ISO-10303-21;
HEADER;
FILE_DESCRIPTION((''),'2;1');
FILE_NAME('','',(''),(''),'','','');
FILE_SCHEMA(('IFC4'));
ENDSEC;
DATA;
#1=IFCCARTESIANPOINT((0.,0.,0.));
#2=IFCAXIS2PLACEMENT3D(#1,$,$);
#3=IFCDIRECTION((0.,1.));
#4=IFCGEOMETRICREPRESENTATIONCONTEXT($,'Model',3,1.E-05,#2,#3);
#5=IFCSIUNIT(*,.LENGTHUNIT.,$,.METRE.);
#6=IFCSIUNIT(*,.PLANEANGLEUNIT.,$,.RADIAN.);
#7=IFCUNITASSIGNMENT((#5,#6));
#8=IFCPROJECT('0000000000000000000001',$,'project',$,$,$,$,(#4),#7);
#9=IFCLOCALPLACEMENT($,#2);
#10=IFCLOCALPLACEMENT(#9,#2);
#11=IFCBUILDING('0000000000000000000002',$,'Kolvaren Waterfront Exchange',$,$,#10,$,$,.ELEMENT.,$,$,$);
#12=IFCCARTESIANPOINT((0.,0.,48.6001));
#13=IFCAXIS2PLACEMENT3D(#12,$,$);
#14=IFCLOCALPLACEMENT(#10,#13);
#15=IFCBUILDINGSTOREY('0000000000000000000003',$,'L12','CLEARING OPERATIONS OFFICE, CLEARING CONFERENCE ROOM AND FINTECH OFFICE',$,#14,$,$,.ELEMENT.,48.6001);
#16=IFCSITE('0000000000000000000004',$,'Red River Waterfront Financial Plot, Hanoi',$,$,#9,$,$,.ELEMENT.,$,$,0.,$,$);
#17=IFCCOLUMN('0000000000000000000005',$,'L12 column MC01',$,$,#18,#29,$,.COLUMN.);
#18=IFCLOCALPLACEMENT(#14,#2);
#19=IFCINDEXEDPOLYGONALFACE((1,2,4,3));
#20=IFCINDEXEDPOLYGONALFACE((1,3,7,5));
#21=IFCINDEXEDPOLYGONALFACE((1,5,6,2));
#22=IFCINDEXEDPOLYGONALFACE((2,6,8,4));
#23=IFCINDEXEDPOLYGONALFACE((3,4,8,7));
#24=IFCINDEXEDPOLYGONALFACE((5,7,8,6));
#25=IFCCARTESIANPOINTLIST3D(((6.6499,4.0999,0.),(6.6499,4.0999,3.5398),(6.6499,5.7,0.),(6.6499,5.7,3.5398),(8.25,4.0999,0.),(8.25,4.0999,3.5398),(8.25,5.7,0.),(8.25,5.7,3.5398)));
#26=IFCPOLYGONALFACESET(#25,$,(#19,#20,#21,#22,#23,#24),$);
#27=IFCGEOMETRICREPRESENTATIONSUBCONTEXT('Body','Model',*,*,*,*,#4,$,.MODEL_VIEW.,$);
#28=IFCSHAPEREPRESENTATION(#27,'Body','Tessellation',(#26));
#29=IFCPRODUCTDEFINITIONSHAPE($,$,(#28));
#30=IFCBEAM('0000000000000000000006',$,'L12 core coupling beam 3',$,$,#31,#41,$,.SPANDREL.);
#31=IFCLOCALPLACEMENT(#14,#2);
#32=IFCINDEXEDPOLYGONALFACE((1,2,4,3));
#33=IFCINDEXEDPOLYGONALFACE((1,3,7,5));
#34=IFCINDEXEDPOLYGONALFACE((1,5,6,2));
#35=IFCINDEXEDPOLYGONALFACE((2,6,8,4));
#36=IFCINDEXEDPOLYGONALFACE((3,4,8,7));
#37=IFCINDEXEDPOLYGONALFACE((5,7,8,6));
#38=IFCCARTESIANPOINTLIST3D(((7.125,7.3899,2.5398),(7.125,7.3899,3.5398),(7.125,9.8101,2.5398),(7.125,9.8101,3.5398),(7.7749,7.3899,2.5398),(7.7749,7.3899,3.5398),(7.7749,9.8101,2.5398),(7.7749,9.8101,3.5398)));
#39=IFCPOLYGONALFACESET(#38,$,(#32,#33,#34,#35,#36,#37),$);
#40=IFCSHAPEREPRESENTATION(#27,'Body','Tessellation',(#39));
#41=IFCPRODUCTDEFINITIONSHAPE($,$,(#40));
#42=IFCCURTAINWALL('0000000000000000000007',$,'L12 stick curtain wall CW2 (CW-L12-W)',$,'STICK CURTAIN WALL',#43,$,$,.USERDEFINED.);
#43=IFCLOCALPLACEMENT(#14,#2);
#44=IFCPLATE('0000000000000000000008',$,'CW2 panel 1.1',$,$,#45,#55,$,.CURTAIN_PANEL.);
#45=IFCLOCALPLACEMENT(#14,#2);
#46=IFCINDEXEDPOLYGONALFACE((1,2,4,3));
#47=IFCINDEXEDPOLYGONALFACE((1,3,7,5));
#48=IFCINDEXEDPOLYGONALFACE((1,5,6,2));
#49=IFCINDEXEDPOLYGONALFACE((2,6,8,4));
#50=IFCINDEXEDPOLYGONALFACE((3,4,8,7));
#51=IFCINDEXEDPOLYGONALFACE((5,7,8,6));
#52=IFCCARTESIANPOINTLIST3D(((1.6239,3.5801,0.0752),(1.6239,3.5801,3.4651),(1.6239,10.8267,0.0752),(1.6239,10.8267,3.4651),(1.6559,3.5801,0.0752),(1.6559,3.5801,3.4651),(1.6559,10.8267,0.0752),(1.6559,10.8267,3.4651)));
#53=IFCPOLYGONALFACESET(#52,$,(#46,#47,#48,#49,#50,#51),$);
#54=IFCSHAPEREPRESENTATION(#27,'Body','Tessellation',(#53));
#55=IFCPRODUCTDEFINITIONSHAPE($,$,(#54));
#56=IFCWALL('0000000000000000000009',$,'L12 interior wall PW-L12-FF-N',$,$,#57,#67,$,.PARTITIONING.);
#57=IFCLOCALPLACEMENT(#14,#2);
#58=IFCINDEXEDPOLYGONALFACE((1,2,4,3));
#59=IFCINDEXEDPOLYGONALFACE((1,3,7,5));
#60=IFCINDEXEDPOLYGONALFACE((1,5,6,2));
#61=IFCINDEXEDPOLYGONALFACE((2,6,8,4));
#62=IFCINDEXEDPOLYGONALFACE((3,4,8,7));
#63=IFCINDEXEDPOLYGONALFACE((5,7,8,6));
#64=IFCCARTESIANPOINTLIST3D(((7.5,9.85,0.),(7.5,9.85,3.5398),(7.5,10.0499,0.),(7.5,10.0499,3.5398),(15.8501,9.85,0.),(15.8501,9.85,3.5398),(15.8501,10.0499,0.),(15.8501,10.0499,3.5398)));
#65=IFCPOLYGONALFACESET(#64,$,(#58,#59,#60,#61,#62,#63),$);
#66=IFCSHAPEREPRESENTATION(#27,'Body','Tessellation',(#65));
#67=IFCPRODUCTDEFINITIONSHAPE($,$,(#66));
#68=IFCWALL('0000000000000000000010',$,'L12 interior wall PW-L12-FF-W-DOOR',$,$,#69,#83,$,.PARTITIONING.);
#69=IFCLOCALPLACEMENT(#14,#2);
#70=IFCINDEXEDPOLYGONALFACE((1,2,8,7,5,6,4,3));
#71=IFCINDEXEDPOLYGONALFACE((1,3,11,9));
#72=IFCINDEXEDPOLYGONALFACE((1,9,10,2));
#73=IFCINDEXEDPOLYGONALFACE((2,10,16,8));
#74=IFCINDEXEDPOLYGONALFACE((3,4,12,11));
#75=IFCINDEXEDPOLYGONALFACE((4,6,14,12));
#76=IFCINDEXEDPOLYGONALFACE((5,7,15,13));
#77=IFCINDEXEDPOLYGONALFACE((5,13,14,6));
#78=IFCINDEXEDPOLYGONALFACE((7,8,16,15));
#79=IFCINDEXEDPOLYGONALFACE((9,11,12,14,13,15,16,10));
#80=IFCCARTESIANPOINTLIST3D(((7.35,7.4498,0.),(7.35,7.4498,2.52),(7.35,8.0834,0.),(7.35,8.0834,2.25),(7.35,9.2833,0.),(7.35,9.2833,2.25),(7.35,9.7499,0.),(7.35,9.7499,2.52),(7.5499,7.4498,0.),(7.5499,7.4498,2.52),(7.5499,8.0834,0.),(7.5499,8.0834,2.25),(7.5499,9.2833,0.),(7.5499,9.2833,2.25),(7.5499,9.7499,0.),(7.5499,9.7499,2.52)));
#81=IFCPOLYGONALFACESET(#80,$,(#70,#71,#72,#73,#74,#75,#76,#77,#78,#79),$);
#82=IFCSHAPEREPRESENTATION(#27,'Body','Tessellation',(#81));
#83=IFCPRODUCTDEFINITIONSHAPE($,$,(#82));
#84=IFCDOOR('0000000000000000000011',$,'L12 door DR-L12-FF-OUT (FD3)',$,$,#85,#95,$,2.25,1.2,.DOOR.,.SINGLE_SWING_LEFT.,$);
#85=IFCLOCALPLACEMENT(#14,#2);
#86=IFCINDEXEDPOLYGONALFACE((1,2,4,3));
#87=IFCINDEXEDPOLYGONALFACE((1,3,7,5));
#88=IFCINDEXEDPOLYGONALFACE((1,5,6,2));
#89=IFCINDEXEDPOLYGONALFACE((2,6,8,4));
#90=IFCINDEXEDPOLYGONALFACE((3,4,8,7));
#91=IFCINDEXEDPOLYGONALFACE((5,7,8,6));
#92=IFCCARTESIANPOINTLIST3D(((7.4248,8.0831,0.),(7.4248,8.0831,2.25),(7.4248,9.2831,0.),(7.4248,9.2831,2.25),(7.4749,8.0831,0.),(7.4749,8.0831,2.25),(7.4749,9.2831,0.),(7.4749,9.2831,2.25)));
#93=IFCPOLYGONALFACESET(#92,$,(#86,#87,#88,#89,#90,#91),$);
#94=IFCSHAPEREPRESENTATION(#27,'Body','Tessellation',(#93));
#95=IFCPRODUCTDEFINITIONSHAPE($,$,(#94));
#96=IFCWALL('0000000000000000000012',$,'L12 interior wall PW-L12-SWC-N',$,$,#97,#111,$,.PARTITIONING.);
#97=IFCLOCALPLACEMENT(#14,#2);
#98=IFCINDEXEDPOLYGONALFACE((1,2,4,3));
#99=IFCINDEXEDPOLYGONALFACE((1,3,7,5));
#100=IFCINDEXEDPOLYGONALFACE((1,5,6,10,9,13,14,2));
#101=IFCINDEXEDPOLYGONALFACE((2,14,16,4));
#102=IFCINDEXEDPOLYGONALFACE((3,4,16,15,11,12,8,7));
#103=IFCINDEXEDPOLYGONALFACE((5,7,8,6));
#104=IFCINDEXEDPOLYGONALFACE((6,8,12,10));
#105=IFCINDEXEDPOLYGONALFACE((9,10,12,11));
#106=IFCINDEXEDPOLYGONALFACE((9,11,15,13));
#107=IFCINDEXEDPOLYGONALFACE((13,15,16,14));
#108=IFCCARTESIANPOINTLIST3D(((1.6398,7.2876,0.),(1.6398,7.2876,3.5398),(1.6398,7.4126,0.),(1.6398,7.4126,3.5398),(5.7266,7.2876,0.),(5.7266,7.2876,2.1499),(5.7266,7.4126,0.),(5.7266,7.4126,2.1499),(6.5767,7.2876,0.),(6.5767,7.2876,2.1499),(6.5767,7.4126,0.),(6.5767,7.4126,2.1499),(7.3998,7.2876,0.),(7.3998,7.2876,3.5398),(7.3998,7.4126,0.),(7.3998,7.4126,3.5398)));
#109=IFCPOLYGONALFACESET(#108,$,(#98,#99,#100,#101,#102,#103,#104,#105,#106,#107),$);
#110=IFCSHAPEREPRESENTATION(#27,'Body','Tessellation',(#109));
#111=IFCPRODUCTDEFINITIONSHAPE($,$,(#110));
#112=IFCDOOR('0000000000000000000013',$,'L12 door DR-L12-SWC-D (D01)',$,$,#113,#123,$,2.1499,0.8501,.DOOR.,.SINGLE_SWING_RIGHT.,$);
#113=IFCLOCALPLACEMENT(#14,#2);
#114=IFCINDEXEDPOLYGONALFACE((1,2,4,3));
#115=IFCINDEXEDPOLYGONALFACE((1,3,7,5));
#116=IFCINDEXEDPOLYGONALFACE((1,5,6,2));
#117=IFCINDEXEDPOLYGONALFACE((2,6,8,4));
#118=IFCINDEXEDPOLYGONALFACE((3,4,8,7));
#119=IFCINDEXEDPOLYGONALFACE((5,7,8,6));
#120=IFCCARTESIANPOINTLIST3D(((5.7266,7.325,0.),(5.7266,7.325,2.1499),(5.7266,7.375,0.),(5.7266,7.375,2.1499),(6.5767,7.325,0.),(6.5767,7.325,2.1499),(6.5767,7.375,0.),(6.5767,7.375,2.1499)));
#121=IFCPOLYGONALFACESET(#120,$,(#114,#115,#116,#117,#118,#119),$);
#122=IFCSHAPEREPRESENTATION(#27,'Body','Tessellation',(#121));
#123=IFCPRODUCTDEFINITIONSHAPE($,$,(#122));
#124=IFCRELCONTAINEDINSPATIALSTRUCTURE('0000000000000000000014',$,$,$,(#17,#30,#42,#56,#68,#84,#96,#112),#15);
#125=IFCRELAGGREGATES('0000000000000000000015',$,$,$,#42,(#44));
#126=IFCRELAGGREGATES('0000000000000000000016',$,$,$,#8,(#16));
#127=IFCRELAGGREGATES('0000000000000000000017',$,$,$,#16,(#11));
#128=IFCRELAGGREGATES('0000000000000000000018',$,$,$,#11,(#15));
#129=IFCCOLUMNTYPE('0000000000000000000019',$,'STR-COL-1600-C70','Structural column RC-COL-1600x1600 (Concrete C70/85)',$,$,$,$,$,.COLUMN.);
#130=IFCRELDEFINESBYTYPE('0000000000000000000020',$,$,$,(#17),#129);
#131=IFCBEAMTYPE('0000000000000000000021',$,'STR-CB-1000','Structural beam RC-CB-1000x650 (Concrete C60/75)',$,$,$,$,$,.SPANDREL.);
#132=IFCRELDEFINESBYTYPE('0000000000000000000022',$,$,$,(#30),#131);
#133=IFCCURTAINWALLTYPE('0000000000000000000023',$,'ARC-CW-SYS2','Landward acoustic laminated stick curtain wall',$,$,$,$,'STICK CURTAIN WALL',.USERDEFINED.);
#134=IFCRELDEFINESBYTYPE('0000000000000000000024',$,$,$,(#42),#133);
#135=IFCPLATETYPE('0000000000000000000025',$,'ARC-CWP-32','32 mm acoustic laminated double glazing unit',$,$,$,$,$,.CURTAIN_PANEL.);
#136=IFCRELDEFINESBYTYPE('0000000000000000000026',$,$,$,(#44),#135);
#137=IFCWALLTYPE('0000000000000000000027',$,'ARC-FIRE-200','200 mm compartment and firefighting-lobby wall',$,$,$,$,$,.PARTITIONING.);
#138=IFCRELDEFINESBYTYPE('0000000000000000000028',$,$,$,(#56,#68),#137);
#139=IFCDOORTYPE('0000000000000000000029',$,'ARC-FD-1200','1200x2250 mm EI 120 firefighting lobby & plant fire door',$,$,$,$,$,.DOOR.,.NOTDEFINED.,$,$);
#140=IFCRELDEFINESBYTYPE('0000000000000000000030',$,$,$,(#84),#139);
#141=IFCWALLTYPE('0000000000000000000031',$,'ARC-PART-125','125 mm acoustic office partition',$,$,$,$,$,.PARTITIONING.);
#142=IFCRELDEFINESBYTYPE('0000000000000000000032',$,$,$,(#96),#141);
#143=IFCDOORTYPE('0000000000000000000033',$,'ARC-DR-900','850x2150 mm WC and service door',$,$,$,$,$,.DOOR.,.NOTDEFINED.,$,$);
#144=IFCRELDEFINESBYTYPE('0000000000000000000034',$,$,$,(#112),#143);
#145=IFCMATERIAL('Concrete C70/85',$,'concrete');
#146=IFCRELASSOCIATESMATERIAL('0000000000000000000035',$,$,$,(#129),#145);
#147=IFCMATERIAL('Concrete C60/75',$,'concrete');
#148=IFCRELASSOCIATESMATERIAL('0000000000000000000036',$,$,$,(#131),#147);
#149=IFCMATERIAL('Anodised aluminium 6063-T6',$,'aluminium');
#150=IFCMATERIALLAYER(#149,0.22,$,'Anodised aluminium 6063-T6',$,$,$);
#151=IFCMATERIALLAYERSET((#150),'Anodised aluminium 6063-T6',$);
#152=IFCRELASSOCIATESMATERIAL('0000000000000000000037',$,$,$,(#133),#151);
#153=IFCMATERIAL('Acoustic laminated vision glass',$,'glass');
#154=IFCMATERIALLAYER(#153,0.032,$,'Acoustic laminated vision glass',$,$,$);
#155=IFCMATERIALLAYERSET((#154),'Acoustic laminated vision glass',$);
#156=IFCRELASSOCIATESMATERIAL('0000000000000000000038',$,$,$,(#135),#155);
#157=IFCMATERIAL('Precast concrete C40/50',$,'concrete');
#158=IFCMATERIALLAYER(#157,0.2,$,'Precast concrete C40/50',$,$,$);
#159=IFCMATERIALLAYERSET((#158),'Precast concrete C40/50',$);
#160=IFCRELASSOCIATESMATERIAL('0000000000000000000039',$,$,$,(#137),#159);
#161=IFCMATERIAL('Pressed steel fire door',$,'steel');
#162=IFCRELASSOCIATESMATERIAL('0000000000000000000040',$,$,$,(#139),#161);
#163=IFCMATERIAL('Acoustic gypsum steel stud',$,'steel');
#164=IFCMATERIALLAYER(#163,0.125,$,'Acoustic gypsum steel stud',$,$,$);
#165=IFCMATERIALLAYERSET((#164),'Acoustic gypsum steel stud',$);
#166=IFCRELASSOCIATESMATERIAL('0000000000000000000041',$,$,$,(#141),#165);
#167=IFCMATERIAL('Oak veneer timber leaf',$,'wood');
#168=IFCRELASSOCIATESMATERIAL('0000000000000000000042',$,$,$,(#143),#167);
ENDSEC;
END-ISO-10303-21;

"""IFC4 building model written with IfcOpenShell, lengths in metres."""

from ifc_helpers import new_model, si_unit, direction, frame, frame_2d, origin, origin_with_axes, origin_2d, place, context, subcontext, project, spatial, rectangle, extrude, source, transform, mapped, material, layer, layer_set, material_profile, profile_set, type_object, element, fill, aggregate, save


model = new_model("IFC4")

# Units and contexts
model_context = context("Model", 3, precision=1e-05, world=origin(), true_north=direction((0.0, 1.0)))
body_context = subcontext(model_context, "Body", "Model", "MODEL_VIEW")
ifc_project = project(units=[si_unit("LENGTHUNIT", "METRE"), si_unit("PLANEANGLEUNIT", "RADIAN")], contexts=[model_context])

# Site, building, storey
site_placement = place(None, origin())
site = spatial("IfcSite", under=ifc_project, at=site_placement, Name="Red River Waterfront Financial Plot, Hanoi", CompositionType="ELEMENT", RefElevation=0.0)
building_placement = place(site_placement, origin())
building = spatial("IfcBuilding", under=site, at=building_placement, Name="Kolvaren Waterfront Exchange", CompositionType="ELEMENT")
storey_placement = place(building_placement, frame((0.0, 0.0, 48.6001)))
storey = spatial("IfcBuildingStorey", under=building, at=storey_placement, Name="L12", Description="CLEARING OPERATIONS OFFICE, CLEARING CONFERENCE ROOM AND FINTECH OFFICE", CompositionType="ELEMENT", Elevation=48.6001)

# Column
ifc_material_1 = material(Name="Concrete C70/85", Category="concrete")
ifc_material_profile_1 = material_profile(ifc_material_1, rectangle(XDim=1.6001, YDim=1.6001, at=origin_2d()), Name="RC-COL-1600x1600")
ifc_profile_set_1 = profile_set([ifc_material_profile_1], Name="Concrete C70/85")
column_type = type_object("IfcColumnType", Name="STR-COL-1600-C70", Description="Structural column RC-COL-1600x1600 (Concrete C70/85)", PredefinedType="COLUMN", material=ifc_profile_set_1)
column_placement = place(storey_placement, frame((7.45, 4.8999, 0.0), z_axis=(0.0, 0.0, 1.0), x_axis=(1.0, 0.0, 0.0)))
element("IfcColumn", 1, at=column_placement, inside=storey, type_object=column_type, Name="L12 column MC01", PredefinedType="COLUMN", context=body_context, shape_type="SweptSolid", body=[
    extrude(rectangle(XDim=1.6001, YDim=1.6001, at=origin_2d()), origin(), (0.0, 0.0, 1.0), 3.5398),
])

# Beam
ifc_material_2 = material(Name="Concrete C60/75", Category="concrete")
ifc_material_profile_2 = material_profile(ifc_material_2, rectangle(XDim=0.6499, YDim=1.0, at=origin_2d()), Name="RC-CB-1000x650")
ifc_profile_set_2 = profile_set([ifc_material_profile_2], Name="Concrete C60/75")
beam_type = type_object("IfcBeamType", Name="STR-CB-1000", Description="Structural beam RC-CB-1000x650 (Concrete C60/75)", PredefinedType="SPANDREL", material=ifc_profile_set_2)
beam_placement = place(storey_placement, frame((7.45, 7.3899, 3.0398), z_axis=(0.0, 1.0, 0.0), x_axis=(-1.0, 0.0, 0.0)))
element("IfcBeam", 2, at=beam_placement, inside=storey, type_object=beam_type, Name="L12 core coupling beam 3", PredefinedType="SPANDREL", context=body_context, shape_type="SweptSolid", body=[
    extrude(rectangle(XDim=0.6499, YDim=1.0, at=origin_2d()), origin(), (0.0, 0.0, 1.0), 2.4202),
])

# Curtain wall, plate
ifc_material_3 = material(Name="Anodised aluminium 6063-T6", Category="aluminium")
ifc_layer_1 = layer(ifc_material_3, 0.22, Name="Anodised aluminium 6063-T6")
ifc_layer_set_1 = layer_set([ifc_layer_1], Name="Anodised aluminium 6063-T6")
curtain_wall_type = type_object("IfcCurtainWallType", Name="ARC-CW-SYS2", Description="Landward acoustic laminated stick curtain wall", ElementType="STICK CURTAIN WALL", PredefinedType="USERDEFINED", material=ifc_layer_set_1)
curtain_wall_placement = place(storey_placement, origin())
curtain_wall = element("IfcCurtainWall", 3, at=curtain_wall_placement, inside=storey, type_object=curtain_wall_type, Name="L12 stick curtain wall CW2 (CW-L12-W)", ObjectType="STICK CURTAIN WALL", PredefinedType="USERDEFINED")
ifc_material_4 = material(Name="Acoustic laminated vision glass", Category="glass")
ifc_layer_2 = layer(ifc_material_4, 0.032, Name="Acoustic laminated vision glass")
ifc_layer_set_2 = layer_set([ifc_layer_2], Name="Acoustic laminated vision glass")
plate_type = type_object("IfcPlateType", Name="ARC-CWP-32", Description="32 mm acoustic laminated double glazing unit", PredefinedType="CURTAIN_PANEL", material=ifc_layer_set_2)
shared_shape = source(origin_with_axes(), body_context, "Body", "SweptSolid", [
    extrude(rectangle(XDim=7.2466, YDim=0.032, at=origin_2d()), origin(), (0.0, 0.0, 1.0), 3.3899),
])
plate_placement = place(storey_placement, frame((1.6399, 7.2034, 0.0752), z_axis=(0.0, 0.0, 1.0), x_axis=(0.0, 1.0, 0.0)))
plate = element("IfcPlate", 4, at=plate_placement, type_object=plate_type, Name="CW2 panel 1.1", PredefinedType="CURTAIN_PANEL", context=body_context, shape_type="MappedRepresentation", body=[
    mapped(shared_shape, transform((0.0, 0.0, 0.0), x_axis=(1.0, 0.0, 0.0), y_axis=(0.0, 1.0, 0.0), z_axis=(0.0, 0.0, 1.0), scale=1.0)),
])
aggregate(curtain_wall, [plate])

# Wall
ifc_material_5 = material(Name="Precast concrete C40/50", Category="concrete")
ifc_layer_3 = layer(ifc_material_5, 0.2, Name="Precast concrete C40/50")
ifc_layer_set_3 = layer_set([ifc_layer_3], Name="Precast concrete C40/50")
wall_type_1 = type_object("IfcWallType", Name="ARC-FIRE-200", Description="200 mm compartment and firefighting-lobby wall", PredefinedType="PARTITIONING", material=ifc_layer_set_3)
wall_1_placement = place(storey_placement, frame((7.5, 9.95, 0.0), z_axis=(0.0, 0.0, 1.0), x_axis=(1.0, 0.0, 0.0)))
element("IfcWall", 5, at=wall_1_placement, inside=storey, type_object=wall_type_1, Name="L12 interior wall PW-L12-FF-N", PredefinedType="PARTITIONING", context=body_context, shape_type="SweptSolid", body=[
    extrude(rectangle(XDim=8.3501, YDim=0.2, at=frame_2d((4.175, 0.0))), origin(), (0.0, 0.0, 1.0), 3.5398),
])

# Walls, openings, doors
wall_2_placement = place(storey_placement, frame((7.45, 7.45, 0.0), z_axis=(0.0, 0.0, 1.0), x_axis=(0.0, 1.0, 0.0)))
wall_2 = element("IfcWall", 6, at=wall_2_placement, inside=storey, type_object=wall_type_1, Name="L12 interior wall PW-L12-FF-W-DOOR", PredefinedType="PARTITIONING", context=body_context, shape_type="SweptSolid", body=[
    extrude(rectangle(XDim=2.3, YDim=0.2, at=frame_2d((1.1499, 0.0))), origin(), (0.0, 0.0, 1.0), 2.52),
])
opening_1_placement = place(wall_2_placement, frame((0.6333, 0.0, 0.0)))
opening_1 = element("IfcOpeningElement", 7, at=opening_1_placement, cuts=wall_2, PredefinedType="OPENING", context=body_context, shape_type="SweptSolid", body=[
    extrude(rectangle(XDim=1.2, YDim=2.25, at=frame_2d((0.6001, 1.125))), frame((0.0, 0.1099, 0.0), z_axis=(0.0, -1.0, 0.0), x_axis=(1.0, 0.0, 0.0)), (0.0, 0.0, 1.0), 0.22),
])
ifc_material_6 = material(Name="Pressed steel fire door", Category="steel")
door_type_1 = type_object("IfcDoorType", Name="ARC-FD-1200", Description="1200x2250 mm EI 120 firefighting lobby & plant fire door", OperationType="NOTDEFINED", PredefinedType="DOOR", material=ifc_material_6)
door_1_placement = place(opening_1_placement, frame((1.2, 0.0, 0.0), z_axis=(0.0, 0.0, 1.0), x_axis=(-1.0, 0.0, 0.0)))
door_1 = element("IfcDoor", 8, at=door_1_placement, inside=storey, type_object=door_type_1, Name="L12 door DR-L12-FF-OUT (FD3)", OperationType="SINGLE_SWING_LEFT", OverallHeight=2.25, OverallWidth=1.2, PredefinedType="DOOR", context=body_context, shape_type="SweptSolid", body=[
    extrude(rectangle(XDim=1.2, YDim=2.25, at=frame_2d((0.6001, 1.125))), frame((0.0, 0.0249, 0.0), z_axis=(0.0, -1.0, 0.0), x_axis=(1.0, 0.0, 0.0)), (0.0, 0.0, 1.0), 0.05),
])
fill(opening_1, door_1)
ifc_material_7 = material(Name="Acoustic gypsum steel stud", Category="steel")
ifc_layer_4 = layer(ifc_material_7, 0.125, Name="Acoustic gypsum steel stud")
ifc_layer_set_4 = layer_set([ifc_layer_4], Name="Acoustic gypsum steel stud")
wall_type_2 = type_object("IfcWallType", Name="ARC-PART-125", Description="125 mm acoustic office partition", PredefinedType="PARTITIONING", material=ifc_layer_set_4)
wall_3_placement = place(storey_placement, frame((1.6399, 7.3501, 0.0), z_axis=(0.0, 0.0, 1.0), x_axis=(1.0, 0.0, 0.0)))
wall_3 = element("IfcWall", 9, at=wall_3_placement, inside=storey, type_object=wall_type_2, Name="L12 interior wall PW-L12-SWC-N", PredefinedType="PARTITIONING", context=body_context, shape_type="SweptSolid", body=[
    extrude(rectangle(XDim=5.76, YDim=0.125, at=frame_2d((2.8799, 0.0))), origin(), (0.0, 0.0, 1.0), 3.5398),
])
opening_2_placement = place(wall_3_placement, frame((4.0867, 0.0, 0.0)))
opening_2 = element("IfcOpeningElement", 10, at=opening_2_placement, cuts=wall_3, PredefinedType="OPENING", context=body_context, shape_type="SweptSolid", body=[
    extrude(rectangle(XDim=0.8501, YDim=2.1499, at=frame_2d((0.425, 1.075))), frame((0.0, 0.0725, 0.0), z_axis=(0.0, -1.0, 0.0), x_axis=(1.0, 0.0, 0.0)), (0.0, 0.0, 1.0), 0.145),
])
ifc_material_8 = material(Name="Oak veneer timber leaf", Category="wood")
door_type_2 = type_object("IfcDoorType", Name="ARC-DR-900", Description="850x2150 mm WC and service door", OperationType="NOTDEFINED", PredefinedType="DOOR", material=ifc_material_8)
door_2_placement = place(opening_2_placement, origin())
door_2 = element("IfcDoor", 11, at=door_2_placement, inside=storey, type_object=door_type_2, Name="L12 door DR-L12-SWC-D (D01)", OperationType="SINGLE_SWING_RIGHT", OverallHeight=2.1499, OverallWidth=0.8501, PredefinedType="DOOR", context=body_context, shape_type="SweptSolid", body=[
    extrude(rectangle(XDim=0.8501, YDim=2.1499, at=frame_2d((0.425, 1.075))), frame((0.0, 0.0249, 0.0), z_axis=(0.0, -1.0, 0.0), x_axis=(1.0, 0.0, 0.0)), (0.0, 0.0, 1.0), 0.05),
])
fill(opening_2, door_2)

save(model, "model.ifc")
